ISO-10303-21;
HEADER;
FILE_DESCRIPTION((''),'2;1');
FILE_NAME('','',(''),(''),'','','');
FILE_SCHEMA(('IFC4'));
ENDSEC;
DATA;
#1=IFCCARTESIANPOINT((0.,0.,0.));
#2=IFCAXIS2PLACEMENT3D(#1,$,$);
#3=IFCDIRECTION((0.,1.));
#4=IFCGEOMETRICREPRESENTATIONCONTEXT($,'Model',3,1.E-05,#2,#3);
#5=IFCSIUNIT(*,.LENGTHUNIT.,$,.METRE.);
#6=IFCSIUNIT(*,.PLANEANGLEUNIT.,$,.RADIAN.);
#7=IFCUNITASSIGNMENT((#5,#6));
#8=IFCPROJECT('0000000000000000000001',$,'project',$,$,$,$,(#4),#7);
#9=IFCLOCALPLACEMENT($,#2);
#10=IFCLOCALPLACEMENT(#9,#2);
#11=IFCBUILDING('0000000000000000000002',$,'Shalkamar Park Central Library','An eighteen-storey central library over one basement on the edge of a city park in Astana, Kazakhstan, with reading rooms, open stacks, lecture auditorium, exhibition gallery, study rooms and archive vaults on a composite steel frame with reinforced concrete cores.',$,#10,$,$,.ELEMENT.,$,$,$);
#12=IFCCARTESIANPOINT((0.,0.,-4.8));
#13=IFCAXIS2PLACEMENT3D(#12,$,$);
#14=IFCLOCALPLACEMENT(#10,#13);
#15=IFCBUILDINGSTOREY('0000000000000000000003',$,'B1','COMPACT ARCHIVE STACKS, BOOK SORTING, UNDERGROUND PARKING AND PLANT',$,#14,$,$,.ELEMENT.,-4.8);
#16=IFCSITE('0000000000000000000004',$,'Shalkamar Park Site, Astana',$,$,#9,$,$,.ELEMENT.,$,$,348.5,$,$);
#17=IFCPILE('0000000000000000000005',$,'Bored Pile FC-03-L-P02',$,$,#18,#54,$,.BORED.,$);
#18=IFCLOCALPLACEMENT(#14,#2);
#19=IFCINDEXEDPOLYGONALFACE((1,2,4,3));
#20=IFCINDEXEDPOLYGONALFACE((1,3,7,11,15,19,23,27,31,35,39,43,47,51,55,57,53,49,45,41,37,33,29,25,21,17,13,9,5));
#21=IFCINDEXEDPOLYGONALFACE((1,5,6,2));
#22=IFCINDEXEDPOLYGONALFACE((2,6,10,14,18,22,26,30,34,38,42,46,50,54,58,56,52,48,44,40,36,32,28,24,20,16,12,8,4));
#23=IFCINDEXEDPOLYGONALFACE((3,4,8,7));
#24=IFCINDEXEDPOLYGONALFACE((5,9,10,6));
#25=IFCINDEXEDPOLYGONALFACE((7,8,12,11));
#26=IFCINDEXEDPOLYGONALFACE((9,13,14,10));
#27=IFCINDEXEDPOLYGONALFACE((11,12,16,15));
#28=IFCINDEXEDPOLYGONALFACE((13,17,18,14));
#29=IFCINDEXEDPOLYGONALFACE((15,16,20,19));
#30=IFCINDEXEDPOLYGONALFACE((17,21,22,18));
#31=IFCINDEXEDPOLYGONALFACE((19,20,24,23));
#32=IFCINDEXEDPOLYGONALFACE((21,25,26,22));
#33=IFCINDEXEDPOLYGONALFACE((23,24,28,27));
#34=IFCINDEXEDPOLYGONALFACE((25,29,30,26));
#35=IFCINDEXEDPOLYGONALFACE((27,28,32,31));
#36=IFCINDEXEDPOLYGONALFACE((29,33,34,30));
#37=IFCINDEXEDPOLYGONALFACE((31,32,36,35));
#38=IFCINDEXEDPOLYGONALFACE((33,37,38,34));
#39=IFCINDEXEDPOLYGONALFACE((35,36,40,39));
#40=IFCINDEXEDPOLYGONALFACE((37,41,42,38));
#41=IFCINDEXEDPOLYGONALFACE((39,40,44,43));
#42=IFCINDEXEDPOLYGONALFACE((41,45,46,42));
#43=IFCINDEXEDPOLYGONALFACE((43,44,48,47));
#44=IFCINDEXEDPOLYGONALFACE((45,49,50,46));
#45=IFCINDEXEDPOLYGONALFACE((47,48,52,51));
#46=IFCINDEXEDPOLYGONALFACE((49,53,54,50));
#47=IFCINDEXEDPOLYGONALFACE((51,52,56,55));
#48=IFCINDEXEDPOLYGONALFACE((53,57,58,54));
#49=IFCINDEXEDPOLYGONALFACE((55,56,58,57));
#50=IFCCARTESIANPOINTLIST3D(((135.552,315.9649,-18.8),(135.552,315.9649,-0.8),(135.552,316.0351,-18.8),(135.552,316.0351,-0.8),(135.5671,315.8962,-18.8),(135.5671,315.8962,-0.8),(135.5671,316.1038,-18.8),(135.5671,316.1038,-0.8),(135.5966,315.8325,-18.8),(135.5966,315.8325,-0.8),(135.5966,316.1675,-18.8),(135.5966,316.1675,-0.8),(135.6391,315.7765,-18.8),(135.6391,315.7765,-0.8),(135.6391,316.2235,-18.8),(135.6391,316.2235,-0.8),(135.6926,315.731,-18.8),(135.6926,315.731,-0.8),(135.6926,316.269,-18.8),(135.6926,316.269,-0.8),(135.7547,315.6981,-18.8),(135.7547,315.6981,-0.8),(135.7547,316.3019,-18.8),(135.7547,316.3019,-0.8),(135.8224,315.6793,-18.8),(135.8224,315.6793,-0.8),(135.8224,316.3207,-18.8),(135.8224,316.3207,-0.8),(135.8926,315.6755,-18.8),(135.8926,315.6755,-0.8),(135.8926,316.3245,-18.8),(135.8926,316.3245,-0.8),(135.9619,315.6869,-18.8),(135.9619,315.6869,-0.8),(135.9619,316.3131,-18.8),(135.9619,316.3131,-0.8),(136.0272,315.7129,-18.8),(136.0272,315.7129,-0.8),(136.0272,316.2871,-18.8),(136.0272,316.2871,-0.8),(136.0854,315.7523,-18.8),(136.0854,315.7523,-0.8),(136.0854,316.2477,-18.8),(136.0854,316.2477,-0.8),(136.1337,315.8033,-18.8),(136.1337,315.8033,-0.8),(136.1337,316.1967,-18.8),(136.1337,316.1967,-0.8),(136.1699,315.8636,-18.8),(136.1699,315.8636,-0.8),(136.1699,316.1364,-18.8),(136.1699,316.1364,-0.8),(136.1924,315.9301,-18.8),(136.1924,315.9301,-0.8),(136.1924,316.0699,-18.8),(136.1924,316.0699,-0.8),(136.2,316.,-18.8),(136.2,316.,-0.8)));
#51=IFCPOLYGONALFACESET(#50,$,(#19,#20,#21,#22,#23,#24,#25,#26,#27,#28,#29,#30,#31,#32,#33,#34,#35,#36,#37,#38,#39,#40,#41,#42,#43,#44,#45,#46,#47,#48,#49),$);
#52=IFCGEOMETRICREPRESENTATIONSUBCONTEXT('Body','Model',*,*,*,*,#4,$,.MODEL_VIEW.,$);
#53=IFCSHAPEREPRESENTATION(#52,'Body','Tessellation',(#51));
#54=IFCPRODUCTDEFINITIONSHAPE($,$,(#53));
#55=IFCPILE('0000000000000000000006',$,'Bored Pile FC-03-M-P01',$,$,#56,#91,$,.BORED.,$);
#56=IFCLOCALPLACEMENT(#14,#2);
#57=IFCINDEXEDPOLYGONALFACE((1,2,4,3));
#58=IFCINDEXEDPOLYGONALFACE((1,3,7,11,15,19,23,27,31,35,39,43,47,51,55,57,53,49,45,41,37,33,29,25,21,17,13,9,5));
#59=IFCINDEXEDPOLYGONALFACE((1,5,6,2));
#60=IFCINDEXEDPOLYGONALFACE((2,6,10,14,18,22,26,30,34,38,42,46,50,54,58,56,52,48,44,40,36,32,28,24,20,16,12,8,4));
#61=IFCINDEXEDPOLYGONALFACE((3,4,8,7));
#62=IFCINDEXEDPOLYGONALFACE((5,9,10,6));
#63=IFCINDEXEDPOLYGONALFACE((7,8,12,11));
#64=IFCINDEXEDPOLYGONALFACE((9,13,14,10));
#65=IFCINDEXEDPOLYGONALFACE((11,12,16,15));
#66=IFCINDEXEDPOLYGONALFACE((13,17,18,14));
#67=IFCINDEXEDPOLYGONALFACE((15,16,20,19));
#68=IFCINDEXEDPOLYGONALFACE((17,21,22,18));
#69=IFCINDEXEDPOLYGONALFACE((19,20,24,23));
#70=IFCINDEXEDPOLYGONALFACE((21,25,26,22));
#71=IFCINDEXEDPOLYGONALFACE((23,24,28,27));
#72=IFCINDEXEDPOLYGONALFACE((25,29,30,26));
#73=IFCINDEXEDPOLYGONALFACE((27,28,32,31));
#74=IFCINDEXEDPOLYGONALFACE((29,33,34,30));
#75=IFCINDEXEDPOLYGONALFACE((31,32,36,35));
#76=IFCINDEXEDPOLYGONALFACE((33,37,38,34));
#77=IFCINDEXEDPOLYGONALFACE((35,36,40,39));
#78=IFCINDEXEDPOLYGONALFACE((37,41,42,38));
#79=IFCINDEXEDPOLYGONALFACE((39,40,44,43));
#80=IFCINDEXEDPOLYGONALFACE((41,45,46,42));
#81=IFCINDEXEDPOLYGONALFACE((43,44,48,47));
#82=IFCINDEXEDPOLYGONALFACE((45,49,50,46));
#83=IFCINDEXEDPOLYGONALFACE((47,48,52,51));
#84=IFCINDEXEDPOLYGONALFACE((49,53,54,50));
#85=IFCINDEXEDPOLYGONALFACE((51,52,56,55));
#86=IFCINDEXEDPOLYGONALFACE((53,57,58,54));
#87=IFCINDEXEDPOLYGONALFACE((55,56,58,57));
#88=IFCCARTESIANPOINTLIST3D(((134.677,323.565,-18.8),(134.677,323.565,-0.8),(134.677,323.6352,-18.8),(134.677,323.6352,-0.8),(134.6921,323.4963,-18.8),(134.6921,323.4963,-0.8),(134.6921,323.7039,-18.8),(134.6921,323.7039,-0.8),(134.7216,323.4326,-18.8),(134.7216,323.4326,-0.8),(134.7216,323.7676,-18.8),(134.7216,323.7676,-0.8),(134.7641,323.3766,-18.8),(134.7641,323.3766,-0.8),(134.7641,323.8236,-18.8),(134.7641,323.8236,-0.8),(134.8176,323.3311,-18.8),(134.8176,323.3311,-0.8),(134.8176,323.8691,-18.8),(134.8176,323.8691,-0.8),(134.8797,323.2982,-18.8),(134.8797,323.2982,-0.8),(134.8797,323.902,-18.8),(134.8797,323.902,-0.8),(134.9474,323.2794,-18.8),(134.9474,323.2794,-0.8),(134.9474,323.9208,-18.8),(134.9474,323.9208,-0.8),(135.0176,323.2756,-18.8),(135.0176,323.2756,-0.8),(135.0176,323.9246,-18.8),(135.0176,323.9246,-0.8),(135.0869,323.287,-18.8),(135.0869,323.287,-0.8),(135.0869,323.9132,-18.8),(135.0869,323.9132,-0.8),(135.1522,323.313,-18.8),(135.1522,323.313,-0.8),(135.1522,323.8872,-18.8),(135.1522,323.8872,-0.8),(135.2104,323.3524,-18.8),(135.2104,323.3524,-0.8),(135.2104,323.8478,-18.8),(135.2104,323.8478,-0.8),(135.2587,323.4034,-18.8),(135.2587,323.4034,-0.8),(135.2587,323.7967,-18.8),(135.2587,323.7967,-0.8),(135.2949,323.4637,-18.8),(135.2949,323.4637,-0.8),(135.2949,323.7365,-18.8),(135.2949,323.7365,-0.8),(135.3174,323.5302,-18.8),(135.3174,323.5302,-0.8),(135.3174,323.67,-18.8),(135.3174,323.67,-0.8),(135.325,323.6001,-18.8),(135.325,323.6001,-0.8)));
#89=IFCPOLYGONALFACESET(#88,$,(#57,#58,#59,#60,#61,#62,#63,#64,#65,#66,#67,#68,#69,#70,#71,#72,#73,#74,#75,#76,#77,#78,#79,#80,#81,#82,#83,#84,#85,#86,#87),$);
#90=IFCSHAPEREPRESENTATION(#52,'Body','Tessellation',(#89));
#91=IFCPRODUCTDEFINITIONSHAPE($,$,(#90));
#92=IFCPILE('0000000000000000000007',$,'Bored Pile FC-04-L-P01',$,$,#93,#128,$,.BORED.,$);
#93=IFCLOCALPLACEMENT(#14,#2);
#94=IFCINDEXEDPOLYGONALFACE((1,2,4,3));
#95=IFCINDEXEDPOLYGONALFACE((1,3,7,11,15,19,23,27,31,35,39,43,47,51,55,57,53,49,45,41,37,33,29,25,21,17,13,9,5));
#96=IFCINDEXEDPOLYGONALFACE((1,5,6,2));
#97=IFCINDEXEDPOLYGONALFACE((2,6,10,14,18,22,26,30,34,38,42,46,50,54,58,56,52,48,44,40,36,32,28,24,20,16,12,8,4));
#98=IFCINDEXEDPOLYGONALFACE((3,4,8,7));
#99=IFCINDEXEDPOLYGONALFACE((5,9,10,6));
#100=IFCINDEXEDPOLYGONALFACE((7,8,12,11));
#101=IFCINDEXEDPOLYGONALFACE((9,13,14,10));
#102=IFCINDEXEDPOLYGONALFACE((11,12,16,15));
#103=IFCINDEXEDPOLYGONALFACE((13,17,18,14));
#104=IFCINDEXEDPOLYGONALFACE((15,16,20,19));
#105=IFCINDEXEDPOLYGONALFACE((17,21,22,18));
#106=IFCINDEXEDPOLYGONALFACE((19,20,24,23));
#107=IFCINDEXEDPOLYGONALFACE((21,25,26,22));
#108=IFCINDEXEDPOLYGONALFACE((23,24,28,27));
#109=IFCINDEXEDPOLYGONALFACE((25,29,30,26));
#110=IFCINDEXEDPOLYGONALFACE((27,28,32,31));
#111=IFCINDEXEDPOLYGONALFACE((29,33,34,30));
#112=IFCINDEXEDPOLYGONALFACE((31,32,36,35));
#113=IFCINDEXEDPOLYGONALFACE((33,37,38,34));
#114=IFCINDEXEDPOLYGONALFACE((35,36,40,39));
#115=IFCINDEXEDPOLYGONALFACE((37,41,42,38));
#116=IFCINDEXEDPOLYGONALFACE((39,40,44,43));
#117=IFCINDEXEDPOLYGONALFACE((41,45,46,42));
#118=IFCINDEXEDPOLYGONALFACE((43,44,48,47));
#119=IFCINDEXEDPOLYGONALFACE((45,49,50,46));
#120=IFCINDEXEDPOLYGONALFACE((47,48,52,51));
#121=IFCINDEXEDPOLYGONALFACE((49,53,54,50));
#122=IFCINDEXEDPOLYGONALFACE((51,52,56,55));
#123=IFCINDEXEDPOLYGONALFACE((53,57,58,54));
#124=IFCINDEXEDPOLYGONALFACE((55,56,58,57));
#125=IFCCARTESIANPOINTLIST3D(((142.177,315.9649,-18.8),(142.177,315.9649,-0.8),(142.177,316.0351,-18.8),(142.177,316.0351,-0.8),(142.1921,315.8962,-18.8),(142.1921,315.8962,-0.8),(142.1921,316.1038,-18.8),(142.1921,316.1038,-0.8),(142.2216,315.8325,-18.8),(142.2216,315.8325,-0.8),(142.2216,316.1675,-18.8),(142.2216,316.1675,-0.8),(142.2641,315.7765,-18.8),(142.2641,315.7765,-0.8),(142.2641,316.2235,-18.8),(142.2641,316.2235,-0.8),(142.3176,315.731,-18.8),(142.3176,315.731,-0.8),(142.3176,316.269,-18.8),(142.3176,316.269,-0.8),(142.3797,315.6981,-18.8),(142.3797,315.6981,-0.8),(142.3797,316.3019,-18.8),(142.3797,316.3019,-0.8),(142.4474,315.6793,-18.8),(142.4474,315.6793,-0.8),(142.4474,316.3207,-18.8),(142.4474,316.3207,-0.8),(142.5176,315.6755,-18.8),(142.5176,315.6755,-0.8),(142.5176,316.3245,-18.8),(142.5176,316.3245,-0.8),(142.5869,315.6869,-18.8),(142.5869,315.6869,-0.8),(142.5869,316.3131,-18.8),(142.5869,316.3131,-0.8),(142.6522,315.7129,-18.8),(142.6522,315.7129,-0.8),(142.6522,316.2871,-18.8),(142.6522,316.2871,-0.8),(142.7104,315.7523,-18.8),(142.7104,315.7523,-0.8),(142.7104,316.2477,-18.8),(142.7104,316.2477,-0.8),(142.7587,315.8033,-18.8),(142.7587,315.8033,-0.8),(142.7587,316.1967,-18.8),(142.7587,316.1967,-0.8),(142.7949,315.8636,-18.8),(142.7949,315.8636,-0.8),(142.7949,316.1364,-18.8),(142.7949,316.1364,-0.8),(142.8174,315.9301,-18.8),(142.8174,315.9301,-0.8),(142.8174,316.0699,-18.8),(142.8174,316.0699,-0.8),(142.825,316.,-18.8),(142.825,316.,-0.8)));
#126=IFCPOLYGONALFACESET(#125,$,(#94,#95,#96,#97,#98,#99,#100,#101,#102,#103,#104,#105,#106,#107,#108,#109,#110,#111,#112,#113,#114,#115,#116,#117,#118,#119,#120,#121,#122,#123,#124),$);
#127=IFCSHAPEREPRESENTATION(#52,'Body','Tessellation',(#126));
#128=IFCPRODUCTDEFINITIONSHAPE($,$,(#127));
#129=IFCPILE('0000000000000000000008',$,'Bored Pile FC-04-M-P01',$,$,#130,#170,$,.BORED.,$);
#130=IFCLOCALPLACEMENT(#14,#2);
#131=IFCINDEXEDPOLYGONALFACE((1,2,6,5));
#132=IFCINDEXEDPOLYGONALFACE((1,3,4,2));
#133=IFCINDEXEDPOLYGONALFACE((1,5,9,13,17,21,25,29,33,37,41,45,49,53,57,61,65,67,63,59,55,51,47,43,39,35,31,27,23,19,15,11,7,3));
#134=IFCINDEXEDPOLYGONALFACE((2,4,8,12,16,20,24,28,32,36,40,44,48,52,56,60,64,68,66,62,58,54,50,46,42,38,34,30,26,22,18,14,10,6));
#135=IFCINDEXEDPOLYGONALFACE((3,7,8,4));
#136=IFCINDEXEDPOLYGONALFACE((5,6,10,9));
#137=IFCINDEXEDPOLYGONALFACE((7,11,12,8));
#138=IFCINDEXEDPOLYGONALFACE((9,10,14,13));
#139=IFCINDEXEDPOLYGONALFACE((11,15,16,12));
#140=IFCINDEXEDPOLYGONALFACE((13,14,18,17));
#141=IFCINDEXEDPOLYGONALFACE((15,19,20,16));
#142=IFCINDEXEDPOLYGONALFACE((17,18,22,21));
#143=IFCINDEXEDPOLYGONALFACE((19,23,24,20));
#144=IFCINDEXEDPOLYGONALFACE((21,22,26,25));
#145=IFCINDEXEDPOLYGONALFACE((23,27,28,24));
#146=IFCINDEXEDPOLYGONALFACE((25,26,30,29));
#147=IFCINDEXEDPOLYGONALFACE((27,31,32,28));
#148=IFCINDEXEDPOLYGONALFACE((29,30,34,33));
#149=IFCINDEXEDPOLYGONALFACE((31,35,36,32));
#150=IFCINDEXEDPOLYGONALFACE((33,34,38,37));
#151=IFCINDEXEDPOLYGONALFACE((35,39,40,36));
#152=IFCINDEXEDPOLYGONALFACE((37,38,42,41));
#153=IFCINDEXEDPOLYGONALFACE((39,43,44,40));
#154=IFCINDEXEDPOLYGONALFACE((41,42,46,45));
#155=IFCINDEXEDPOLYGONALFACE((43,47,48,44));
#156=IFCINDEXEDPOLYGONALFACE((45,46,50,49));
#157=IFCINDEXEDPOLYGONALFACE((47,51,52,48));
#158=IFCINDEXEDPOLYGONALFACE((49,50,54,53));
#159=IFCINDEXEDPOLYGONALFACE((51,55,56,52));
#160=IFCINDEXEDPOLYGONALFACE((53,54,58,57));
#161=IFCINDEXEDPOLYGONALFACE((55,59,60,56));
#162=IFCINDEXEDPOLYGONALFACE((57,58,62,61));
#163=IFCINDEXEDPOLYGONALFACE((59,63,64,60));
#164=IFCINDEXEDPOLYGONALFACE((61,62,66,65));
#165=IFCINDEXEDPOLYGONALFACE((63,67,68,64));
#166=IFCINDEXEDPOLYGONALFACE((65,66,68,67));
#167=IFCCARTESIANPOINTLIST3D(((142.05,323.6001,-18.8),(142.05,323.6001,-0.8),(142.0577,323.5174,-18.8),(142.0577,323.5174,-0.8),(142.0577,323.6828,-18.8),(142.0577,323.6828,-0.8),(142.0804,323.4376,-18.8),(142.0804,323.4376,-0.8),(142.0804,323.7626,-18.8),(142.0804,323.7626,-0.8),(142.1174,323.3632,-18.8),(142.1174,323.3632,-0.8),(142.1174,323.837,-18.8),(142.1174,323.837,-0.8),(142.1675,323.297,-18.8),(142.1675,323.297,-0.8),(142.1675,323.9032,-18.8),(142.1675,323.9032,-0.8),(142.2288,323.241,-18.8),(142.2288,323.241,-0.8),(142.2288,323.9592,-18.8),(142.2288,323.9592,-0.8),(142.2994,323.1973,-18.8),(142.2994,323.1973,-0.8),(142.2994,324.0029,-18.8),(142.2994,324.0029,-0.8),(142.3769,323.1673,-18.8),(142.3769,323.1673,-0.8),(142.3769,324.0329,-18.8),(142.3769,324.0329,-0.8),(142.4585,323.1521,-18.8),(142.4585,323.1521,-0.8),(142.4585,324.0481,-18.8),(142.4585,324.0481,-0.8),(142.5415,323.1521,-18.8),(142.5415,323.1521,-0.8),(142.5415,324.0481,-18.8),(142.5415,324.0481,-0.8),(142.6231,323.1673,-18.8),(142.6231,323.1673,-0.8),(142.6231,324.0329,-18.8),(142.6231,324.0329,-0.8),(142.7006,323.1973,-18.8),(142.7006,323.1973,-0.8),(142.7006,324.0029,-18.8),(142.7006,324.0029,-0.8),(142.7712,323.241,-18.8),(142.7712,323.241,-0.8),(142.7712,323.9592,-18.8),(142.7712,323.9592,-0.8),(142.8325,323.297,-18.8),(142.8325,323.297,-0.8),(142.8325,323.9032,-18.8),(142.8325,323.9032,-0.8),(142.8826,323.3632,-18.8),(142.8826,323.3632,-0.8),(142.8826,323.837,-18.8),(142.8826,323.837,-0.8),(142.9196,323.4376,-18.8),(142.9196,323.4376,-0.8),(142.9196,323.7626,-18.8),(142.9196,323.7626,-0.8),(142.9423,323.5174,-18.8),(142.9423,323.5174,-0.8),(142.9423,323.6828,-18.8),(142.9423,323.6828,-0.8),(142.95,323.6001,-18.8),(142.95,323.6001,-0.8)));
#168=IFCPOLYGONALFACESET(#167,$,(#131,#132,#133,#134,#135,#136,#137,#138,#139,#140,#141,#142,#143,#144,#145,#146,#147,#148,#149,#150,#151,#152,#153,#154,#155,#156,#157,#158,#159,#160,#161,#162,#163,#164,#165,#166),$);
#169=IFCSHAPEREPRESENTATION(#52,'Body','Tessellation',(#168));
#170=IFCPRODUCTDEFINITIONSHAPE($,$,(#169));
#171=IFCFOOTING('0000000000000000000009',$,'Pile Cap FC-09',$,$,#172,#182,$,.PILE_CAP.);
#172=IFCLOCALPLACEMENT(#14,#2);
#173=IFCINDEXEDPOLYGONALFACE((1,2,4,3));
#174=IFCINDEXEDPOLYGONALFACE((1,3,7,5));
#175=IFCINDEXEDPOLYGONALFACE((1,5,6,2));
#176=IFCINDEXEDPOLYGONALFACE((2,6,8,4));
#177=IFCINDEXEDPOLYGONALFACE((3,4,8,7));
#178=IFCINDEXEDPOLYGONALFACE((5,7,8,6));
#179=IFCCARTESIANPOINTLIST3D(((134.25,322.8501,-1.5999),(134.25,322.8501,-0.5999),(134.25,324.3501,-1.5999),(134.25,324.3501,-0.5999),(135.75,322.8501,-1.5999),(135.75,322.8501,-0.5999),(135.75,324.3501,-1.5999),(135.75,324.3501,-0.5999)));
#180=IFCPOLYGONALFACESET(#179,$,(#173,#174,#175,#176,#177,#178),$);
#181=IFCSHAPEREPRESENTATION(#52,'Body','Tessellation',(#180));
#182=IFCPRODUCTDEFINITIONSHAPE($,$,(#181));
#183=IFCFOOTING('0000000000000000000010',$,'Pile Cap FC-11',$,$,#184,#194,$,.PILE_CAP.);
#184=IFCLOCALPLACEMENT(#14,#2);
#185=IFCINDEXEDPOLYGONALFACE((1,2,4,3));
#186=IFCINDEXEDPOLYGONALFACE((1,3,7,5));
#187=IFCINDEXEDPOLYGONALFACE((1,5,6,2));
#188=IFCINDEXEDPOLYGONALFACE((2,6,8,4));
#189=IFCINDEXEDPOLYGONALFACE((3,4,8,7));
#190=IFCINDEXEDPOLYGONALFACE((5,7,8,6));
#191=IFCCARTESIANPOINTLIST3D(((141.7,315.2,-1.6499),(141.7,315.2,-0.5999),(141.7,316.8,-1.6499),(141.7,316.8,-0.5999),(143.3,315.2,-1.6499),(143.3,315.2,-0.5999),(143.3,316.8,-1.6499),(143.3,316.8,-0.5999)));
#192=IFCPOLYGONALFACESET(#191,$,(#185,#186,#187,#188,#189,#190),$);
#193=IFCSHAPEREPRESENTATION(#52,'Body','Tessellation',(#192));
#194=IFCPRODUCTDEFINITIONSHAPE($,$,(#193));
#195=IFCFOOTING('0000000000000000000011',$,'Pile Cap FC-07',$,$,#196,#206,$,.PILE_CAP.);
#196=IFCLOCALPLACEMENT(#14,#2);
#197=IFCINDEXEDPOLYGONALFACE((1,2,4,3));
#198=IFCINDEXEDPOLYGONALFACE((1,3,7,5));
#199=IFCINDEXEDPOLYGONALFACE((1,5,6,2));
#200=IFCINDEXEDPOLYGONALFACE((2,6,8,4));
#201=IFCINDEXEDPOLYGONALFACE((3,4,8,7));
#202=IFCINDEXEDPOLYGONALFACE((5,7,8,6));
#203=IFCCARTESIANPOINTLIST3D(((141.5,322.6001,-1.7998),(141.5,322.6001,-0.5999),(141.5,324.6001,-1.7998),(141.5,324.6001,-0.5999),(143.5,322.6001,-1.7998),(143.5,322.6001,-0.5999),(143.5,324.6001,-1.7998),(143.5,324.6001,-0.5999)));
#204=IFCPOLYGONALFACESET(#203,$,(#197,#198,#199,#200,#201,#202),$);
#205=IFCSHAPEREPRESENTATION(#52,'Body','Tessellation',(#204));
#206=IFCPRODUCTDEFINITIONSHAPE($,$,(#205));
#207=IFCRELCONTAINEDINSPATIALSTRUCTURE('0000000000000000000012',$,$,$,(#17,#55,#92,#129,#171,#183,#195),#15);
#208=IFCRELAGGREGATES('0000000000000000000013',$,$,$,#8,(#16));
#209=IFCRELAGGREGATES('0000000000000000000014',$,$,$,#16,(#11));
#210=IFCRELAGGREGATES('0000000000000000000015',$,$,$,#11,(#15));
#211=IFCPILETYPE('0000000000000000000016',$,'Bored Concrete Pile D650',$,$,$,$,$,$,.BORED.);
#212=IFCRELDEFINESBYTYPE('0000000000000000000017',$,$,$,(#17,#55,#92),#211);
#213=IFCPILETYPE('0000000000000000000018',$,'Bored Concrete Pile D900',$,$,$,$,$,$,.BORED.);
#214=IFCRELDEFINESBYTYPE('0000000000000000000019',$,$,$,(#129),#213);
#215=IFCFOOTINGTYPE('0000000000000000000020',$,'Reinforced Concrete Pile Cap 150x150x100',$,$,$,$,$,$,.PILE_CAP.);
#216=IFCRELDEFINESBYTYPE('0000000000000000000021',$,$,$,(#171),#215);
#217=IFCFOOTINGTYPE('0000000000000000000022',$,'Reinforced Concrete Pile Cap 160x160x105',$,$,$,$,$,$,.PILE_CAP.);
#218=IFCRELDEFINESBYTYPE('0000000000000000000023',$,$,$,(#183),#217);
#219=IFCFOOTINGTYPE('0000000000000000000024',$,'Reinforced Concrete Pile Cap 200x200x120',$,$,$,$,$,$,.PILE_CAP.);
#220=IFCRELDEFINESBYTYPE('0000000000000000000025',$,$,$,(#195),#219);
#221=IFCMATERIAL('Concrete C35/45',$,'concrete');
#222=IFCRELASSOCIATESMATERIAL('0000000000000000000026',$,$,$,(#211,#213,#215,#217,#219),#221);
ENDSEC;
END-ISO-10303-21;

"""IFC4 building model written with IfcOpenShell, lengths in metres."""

from ifc_helpers import new_model, si_unit, direction, frame, origin, origin_2d, place, context, subcontext, project, spatial, rectangle, circle, extrude, material, material_profile, profile_set, type_object, element, save


model = new_model("IFC4")

# Units and contexts
model_context = context("Model", 3, precision=1e-05, world=origin(), true_north=direction((0.0, 1.0)))
body_context = subcontext(model_context, "Body", "Model", "MODEL_VIEW")
ifc_project = project(units=[si_unit("LENGTHUNIT", "METRE"), si_unit("PLANEANGLEUNIT", "RADIAN")], contexts=[model_context])

# Site, building, storey
site_placement = place(None, origin())
site = spatial("IfcSite", under=ifc_project, at=site_placement, Name="Shalkamar Park Site, Astana", CompositionType="ELEMENT", RefElevation=348.5)
building_placement = place(site_placement, origin())
building = spatial("IfcBuilding", under=site, at=building_placement, Name="Shalkamar Park Central Library", Description="An eighteen-storey central library over one basement on the edge of a city park in Astana, Kazakhstan, with reading rooms, open stacks, lecture auditorium, exhibition gallery, study rooms and archive vaults on a composite steel frame with reinforced concrete cores.", CompositionType="ELEMENT")
storey_placement = place(building_placement, frame((0.0, 0.0, -4.8)))
storey = spatial("IfcBuildingStorey", under=building, at=storey_placement, Name="B1", Description="COMPACT ARCHIVE STACKS, BOOK SORTING, UNDERGROUND PARKING AND PLANT", CompositionType="ELEMENT", Elevation=-4.8)

# Piles
ifc_material_1 = material(Name="Concrete C35/45", Category="concrete")
ifc_material_profile_1 = material_profile(ifc_material_1, circle(Radius=0.325, at=origin_2d()), Name="PILE D650")
ifc_profile_set_1 = profile_set([ifc_material_profile_1], Name="Concrete C35/45")
pile_type_1 = type_object("IfcPileType", Name="Bored Concrete Pile D650", PredefinedType="BORED", material=ifc_profile_set_1)
for number, where, z_axis, x_axis, name in (
    (1, (135.875, 316.0, -0.8), (0.0, 0.0, -1.0), (1.0, 0.0, 0.0), "Bored Pile FC-03-L-P02"),
    (2, (135.0, 323.6001, -0.8), (0.0, 0.0, -1.0), (1.0, 0.0, 0.0), "Bored Pile FC-03-M-P01"),
    (3, (142.5, 316.0, -0.8), (0.0, 0.0, -1.0), (1.0, 0.0, 0.0), "Bored Pile FC-04-L-P01"),
):
    element("IfcPile", number, at=place(storey_placement, frame(where, z_axis=z_axis, x_axis=x_axis)), inside=storey, type_object=pile_type_1, Name=name, PredefinedType="BORED", context=body_context, shape_type="SweptSolid", body=[
        extrude(circle(Radius=0.325, at=origin_2d()), origin(), (0.0, 0.0, 1.0), 18.0),
    ])
ifc_material_profile_2 = material_profile(ifc_material_1, circle(Radius=0.45, at=origin_2d()), Name="PILE D900")
ifc_profile_set_2 = profile_set([ifc_material_profile_2], Name="Concrete C35/45")
pile_type_2 = type_object("IfcPileType", Name="Bored Concrete Pile D900", PredefinedType="BORED", material=ifc_profile_set_2)
pile_placement = place(storey_placement, frame((142.5, 323.6001, -0.8), z_axis=(0.0, 0.0, -1.0), x_axis=(1.0, 0.0, 0.0)))
element("IfcPile", 4, at=pile_placement, inside=storey, type_object=pile_type_2, Name="Bored Pile FC-04-M-P01", PredefinedType="BORED", context=body_context, shape_type="SweptSolid", body=[
    extrude(circle(Radius=0.45, at=origin_2d()), origin(), (0.0, 0.0, 1.0), 18.0),
])

# Footings
footing_type_1 = type_object("IfcFootingType", Name="Reinforced Concrete Pile Cap 150x150x100", PredefinedType="PILE_CAP", material=ifc_material_1)
footing_1_placement = place(storey_placement, frame((135.0, 323.6001, -1.5999), z_axis=(0.0, 0.0, 1.0), x_axis=(1.0, 0.0, 0.0)))
element("IfcFooting", 5, at=footing_1_placement, inside=storey, type_object=footing_type_1, Name="Pile Cap FC-09", PredefinedType="PILE_CAP", context=body_context, shape_type="SweptSolid", body=[
    extrude(rectangle(XDim=1.5, YDim=1.5, at=origin_2d()), origin(), (0.0, 0.0, 1.0), 1.0),
])
footing_type_2 = type_object("IfcFootingType", Name="Reinforced Concrete Pile Cap 160x160x105", PredefinedType="PILE_CAP", material=ifc_material_1)
footing_2_placement = place(storey_placement, frame((142.5, 316.0, -1.6499), z_axis=(0.0, 0.0, 1.0), x_axis=(1.0, 0.0, 0.0)))
element("IfcFooting", 6, at=footing_2_placement, inside=storey, type_object=footing_type_2, Name="Pile Cap FC-11", PredefinedType="PILE_CAP", context=body_context, shape_type="SweptSolid", body=[
    extrude(rectangle(XDim=1.6001, YDim=1.6001, at=origin_2d()), origin(), (0.0, 0.0, 1.0), 1.05),
])
footing_type_3 = type_object("IfcFootingType", Name="Reinforced Concrete Pile Cap 200x200x120", PredefinedType="PILE_CAP", material=ifc_material_1)
footing_3_placement = place(storey_placement, frame((142.5, 323.6001, -1.7998), z_axis=(0.0, 0.0, 1.0), x_axis=(1.0, 0.0, 0.0)))
element("IfcFooting", 7, at=footing_3_placement, inside=storey, type_object=footing_type_3, Name="Pile Cap FC-07", PredefinedType="PILE_CAP", context=body_context, shape_type="SweptSolid", body=[
    extrude(rectangle(XDim=2.0, YDim=2.0, at=origin_2d()), origin(), (0.0, 0.0, 1.0), 1.2),
])

save(model, "model.ifc")
